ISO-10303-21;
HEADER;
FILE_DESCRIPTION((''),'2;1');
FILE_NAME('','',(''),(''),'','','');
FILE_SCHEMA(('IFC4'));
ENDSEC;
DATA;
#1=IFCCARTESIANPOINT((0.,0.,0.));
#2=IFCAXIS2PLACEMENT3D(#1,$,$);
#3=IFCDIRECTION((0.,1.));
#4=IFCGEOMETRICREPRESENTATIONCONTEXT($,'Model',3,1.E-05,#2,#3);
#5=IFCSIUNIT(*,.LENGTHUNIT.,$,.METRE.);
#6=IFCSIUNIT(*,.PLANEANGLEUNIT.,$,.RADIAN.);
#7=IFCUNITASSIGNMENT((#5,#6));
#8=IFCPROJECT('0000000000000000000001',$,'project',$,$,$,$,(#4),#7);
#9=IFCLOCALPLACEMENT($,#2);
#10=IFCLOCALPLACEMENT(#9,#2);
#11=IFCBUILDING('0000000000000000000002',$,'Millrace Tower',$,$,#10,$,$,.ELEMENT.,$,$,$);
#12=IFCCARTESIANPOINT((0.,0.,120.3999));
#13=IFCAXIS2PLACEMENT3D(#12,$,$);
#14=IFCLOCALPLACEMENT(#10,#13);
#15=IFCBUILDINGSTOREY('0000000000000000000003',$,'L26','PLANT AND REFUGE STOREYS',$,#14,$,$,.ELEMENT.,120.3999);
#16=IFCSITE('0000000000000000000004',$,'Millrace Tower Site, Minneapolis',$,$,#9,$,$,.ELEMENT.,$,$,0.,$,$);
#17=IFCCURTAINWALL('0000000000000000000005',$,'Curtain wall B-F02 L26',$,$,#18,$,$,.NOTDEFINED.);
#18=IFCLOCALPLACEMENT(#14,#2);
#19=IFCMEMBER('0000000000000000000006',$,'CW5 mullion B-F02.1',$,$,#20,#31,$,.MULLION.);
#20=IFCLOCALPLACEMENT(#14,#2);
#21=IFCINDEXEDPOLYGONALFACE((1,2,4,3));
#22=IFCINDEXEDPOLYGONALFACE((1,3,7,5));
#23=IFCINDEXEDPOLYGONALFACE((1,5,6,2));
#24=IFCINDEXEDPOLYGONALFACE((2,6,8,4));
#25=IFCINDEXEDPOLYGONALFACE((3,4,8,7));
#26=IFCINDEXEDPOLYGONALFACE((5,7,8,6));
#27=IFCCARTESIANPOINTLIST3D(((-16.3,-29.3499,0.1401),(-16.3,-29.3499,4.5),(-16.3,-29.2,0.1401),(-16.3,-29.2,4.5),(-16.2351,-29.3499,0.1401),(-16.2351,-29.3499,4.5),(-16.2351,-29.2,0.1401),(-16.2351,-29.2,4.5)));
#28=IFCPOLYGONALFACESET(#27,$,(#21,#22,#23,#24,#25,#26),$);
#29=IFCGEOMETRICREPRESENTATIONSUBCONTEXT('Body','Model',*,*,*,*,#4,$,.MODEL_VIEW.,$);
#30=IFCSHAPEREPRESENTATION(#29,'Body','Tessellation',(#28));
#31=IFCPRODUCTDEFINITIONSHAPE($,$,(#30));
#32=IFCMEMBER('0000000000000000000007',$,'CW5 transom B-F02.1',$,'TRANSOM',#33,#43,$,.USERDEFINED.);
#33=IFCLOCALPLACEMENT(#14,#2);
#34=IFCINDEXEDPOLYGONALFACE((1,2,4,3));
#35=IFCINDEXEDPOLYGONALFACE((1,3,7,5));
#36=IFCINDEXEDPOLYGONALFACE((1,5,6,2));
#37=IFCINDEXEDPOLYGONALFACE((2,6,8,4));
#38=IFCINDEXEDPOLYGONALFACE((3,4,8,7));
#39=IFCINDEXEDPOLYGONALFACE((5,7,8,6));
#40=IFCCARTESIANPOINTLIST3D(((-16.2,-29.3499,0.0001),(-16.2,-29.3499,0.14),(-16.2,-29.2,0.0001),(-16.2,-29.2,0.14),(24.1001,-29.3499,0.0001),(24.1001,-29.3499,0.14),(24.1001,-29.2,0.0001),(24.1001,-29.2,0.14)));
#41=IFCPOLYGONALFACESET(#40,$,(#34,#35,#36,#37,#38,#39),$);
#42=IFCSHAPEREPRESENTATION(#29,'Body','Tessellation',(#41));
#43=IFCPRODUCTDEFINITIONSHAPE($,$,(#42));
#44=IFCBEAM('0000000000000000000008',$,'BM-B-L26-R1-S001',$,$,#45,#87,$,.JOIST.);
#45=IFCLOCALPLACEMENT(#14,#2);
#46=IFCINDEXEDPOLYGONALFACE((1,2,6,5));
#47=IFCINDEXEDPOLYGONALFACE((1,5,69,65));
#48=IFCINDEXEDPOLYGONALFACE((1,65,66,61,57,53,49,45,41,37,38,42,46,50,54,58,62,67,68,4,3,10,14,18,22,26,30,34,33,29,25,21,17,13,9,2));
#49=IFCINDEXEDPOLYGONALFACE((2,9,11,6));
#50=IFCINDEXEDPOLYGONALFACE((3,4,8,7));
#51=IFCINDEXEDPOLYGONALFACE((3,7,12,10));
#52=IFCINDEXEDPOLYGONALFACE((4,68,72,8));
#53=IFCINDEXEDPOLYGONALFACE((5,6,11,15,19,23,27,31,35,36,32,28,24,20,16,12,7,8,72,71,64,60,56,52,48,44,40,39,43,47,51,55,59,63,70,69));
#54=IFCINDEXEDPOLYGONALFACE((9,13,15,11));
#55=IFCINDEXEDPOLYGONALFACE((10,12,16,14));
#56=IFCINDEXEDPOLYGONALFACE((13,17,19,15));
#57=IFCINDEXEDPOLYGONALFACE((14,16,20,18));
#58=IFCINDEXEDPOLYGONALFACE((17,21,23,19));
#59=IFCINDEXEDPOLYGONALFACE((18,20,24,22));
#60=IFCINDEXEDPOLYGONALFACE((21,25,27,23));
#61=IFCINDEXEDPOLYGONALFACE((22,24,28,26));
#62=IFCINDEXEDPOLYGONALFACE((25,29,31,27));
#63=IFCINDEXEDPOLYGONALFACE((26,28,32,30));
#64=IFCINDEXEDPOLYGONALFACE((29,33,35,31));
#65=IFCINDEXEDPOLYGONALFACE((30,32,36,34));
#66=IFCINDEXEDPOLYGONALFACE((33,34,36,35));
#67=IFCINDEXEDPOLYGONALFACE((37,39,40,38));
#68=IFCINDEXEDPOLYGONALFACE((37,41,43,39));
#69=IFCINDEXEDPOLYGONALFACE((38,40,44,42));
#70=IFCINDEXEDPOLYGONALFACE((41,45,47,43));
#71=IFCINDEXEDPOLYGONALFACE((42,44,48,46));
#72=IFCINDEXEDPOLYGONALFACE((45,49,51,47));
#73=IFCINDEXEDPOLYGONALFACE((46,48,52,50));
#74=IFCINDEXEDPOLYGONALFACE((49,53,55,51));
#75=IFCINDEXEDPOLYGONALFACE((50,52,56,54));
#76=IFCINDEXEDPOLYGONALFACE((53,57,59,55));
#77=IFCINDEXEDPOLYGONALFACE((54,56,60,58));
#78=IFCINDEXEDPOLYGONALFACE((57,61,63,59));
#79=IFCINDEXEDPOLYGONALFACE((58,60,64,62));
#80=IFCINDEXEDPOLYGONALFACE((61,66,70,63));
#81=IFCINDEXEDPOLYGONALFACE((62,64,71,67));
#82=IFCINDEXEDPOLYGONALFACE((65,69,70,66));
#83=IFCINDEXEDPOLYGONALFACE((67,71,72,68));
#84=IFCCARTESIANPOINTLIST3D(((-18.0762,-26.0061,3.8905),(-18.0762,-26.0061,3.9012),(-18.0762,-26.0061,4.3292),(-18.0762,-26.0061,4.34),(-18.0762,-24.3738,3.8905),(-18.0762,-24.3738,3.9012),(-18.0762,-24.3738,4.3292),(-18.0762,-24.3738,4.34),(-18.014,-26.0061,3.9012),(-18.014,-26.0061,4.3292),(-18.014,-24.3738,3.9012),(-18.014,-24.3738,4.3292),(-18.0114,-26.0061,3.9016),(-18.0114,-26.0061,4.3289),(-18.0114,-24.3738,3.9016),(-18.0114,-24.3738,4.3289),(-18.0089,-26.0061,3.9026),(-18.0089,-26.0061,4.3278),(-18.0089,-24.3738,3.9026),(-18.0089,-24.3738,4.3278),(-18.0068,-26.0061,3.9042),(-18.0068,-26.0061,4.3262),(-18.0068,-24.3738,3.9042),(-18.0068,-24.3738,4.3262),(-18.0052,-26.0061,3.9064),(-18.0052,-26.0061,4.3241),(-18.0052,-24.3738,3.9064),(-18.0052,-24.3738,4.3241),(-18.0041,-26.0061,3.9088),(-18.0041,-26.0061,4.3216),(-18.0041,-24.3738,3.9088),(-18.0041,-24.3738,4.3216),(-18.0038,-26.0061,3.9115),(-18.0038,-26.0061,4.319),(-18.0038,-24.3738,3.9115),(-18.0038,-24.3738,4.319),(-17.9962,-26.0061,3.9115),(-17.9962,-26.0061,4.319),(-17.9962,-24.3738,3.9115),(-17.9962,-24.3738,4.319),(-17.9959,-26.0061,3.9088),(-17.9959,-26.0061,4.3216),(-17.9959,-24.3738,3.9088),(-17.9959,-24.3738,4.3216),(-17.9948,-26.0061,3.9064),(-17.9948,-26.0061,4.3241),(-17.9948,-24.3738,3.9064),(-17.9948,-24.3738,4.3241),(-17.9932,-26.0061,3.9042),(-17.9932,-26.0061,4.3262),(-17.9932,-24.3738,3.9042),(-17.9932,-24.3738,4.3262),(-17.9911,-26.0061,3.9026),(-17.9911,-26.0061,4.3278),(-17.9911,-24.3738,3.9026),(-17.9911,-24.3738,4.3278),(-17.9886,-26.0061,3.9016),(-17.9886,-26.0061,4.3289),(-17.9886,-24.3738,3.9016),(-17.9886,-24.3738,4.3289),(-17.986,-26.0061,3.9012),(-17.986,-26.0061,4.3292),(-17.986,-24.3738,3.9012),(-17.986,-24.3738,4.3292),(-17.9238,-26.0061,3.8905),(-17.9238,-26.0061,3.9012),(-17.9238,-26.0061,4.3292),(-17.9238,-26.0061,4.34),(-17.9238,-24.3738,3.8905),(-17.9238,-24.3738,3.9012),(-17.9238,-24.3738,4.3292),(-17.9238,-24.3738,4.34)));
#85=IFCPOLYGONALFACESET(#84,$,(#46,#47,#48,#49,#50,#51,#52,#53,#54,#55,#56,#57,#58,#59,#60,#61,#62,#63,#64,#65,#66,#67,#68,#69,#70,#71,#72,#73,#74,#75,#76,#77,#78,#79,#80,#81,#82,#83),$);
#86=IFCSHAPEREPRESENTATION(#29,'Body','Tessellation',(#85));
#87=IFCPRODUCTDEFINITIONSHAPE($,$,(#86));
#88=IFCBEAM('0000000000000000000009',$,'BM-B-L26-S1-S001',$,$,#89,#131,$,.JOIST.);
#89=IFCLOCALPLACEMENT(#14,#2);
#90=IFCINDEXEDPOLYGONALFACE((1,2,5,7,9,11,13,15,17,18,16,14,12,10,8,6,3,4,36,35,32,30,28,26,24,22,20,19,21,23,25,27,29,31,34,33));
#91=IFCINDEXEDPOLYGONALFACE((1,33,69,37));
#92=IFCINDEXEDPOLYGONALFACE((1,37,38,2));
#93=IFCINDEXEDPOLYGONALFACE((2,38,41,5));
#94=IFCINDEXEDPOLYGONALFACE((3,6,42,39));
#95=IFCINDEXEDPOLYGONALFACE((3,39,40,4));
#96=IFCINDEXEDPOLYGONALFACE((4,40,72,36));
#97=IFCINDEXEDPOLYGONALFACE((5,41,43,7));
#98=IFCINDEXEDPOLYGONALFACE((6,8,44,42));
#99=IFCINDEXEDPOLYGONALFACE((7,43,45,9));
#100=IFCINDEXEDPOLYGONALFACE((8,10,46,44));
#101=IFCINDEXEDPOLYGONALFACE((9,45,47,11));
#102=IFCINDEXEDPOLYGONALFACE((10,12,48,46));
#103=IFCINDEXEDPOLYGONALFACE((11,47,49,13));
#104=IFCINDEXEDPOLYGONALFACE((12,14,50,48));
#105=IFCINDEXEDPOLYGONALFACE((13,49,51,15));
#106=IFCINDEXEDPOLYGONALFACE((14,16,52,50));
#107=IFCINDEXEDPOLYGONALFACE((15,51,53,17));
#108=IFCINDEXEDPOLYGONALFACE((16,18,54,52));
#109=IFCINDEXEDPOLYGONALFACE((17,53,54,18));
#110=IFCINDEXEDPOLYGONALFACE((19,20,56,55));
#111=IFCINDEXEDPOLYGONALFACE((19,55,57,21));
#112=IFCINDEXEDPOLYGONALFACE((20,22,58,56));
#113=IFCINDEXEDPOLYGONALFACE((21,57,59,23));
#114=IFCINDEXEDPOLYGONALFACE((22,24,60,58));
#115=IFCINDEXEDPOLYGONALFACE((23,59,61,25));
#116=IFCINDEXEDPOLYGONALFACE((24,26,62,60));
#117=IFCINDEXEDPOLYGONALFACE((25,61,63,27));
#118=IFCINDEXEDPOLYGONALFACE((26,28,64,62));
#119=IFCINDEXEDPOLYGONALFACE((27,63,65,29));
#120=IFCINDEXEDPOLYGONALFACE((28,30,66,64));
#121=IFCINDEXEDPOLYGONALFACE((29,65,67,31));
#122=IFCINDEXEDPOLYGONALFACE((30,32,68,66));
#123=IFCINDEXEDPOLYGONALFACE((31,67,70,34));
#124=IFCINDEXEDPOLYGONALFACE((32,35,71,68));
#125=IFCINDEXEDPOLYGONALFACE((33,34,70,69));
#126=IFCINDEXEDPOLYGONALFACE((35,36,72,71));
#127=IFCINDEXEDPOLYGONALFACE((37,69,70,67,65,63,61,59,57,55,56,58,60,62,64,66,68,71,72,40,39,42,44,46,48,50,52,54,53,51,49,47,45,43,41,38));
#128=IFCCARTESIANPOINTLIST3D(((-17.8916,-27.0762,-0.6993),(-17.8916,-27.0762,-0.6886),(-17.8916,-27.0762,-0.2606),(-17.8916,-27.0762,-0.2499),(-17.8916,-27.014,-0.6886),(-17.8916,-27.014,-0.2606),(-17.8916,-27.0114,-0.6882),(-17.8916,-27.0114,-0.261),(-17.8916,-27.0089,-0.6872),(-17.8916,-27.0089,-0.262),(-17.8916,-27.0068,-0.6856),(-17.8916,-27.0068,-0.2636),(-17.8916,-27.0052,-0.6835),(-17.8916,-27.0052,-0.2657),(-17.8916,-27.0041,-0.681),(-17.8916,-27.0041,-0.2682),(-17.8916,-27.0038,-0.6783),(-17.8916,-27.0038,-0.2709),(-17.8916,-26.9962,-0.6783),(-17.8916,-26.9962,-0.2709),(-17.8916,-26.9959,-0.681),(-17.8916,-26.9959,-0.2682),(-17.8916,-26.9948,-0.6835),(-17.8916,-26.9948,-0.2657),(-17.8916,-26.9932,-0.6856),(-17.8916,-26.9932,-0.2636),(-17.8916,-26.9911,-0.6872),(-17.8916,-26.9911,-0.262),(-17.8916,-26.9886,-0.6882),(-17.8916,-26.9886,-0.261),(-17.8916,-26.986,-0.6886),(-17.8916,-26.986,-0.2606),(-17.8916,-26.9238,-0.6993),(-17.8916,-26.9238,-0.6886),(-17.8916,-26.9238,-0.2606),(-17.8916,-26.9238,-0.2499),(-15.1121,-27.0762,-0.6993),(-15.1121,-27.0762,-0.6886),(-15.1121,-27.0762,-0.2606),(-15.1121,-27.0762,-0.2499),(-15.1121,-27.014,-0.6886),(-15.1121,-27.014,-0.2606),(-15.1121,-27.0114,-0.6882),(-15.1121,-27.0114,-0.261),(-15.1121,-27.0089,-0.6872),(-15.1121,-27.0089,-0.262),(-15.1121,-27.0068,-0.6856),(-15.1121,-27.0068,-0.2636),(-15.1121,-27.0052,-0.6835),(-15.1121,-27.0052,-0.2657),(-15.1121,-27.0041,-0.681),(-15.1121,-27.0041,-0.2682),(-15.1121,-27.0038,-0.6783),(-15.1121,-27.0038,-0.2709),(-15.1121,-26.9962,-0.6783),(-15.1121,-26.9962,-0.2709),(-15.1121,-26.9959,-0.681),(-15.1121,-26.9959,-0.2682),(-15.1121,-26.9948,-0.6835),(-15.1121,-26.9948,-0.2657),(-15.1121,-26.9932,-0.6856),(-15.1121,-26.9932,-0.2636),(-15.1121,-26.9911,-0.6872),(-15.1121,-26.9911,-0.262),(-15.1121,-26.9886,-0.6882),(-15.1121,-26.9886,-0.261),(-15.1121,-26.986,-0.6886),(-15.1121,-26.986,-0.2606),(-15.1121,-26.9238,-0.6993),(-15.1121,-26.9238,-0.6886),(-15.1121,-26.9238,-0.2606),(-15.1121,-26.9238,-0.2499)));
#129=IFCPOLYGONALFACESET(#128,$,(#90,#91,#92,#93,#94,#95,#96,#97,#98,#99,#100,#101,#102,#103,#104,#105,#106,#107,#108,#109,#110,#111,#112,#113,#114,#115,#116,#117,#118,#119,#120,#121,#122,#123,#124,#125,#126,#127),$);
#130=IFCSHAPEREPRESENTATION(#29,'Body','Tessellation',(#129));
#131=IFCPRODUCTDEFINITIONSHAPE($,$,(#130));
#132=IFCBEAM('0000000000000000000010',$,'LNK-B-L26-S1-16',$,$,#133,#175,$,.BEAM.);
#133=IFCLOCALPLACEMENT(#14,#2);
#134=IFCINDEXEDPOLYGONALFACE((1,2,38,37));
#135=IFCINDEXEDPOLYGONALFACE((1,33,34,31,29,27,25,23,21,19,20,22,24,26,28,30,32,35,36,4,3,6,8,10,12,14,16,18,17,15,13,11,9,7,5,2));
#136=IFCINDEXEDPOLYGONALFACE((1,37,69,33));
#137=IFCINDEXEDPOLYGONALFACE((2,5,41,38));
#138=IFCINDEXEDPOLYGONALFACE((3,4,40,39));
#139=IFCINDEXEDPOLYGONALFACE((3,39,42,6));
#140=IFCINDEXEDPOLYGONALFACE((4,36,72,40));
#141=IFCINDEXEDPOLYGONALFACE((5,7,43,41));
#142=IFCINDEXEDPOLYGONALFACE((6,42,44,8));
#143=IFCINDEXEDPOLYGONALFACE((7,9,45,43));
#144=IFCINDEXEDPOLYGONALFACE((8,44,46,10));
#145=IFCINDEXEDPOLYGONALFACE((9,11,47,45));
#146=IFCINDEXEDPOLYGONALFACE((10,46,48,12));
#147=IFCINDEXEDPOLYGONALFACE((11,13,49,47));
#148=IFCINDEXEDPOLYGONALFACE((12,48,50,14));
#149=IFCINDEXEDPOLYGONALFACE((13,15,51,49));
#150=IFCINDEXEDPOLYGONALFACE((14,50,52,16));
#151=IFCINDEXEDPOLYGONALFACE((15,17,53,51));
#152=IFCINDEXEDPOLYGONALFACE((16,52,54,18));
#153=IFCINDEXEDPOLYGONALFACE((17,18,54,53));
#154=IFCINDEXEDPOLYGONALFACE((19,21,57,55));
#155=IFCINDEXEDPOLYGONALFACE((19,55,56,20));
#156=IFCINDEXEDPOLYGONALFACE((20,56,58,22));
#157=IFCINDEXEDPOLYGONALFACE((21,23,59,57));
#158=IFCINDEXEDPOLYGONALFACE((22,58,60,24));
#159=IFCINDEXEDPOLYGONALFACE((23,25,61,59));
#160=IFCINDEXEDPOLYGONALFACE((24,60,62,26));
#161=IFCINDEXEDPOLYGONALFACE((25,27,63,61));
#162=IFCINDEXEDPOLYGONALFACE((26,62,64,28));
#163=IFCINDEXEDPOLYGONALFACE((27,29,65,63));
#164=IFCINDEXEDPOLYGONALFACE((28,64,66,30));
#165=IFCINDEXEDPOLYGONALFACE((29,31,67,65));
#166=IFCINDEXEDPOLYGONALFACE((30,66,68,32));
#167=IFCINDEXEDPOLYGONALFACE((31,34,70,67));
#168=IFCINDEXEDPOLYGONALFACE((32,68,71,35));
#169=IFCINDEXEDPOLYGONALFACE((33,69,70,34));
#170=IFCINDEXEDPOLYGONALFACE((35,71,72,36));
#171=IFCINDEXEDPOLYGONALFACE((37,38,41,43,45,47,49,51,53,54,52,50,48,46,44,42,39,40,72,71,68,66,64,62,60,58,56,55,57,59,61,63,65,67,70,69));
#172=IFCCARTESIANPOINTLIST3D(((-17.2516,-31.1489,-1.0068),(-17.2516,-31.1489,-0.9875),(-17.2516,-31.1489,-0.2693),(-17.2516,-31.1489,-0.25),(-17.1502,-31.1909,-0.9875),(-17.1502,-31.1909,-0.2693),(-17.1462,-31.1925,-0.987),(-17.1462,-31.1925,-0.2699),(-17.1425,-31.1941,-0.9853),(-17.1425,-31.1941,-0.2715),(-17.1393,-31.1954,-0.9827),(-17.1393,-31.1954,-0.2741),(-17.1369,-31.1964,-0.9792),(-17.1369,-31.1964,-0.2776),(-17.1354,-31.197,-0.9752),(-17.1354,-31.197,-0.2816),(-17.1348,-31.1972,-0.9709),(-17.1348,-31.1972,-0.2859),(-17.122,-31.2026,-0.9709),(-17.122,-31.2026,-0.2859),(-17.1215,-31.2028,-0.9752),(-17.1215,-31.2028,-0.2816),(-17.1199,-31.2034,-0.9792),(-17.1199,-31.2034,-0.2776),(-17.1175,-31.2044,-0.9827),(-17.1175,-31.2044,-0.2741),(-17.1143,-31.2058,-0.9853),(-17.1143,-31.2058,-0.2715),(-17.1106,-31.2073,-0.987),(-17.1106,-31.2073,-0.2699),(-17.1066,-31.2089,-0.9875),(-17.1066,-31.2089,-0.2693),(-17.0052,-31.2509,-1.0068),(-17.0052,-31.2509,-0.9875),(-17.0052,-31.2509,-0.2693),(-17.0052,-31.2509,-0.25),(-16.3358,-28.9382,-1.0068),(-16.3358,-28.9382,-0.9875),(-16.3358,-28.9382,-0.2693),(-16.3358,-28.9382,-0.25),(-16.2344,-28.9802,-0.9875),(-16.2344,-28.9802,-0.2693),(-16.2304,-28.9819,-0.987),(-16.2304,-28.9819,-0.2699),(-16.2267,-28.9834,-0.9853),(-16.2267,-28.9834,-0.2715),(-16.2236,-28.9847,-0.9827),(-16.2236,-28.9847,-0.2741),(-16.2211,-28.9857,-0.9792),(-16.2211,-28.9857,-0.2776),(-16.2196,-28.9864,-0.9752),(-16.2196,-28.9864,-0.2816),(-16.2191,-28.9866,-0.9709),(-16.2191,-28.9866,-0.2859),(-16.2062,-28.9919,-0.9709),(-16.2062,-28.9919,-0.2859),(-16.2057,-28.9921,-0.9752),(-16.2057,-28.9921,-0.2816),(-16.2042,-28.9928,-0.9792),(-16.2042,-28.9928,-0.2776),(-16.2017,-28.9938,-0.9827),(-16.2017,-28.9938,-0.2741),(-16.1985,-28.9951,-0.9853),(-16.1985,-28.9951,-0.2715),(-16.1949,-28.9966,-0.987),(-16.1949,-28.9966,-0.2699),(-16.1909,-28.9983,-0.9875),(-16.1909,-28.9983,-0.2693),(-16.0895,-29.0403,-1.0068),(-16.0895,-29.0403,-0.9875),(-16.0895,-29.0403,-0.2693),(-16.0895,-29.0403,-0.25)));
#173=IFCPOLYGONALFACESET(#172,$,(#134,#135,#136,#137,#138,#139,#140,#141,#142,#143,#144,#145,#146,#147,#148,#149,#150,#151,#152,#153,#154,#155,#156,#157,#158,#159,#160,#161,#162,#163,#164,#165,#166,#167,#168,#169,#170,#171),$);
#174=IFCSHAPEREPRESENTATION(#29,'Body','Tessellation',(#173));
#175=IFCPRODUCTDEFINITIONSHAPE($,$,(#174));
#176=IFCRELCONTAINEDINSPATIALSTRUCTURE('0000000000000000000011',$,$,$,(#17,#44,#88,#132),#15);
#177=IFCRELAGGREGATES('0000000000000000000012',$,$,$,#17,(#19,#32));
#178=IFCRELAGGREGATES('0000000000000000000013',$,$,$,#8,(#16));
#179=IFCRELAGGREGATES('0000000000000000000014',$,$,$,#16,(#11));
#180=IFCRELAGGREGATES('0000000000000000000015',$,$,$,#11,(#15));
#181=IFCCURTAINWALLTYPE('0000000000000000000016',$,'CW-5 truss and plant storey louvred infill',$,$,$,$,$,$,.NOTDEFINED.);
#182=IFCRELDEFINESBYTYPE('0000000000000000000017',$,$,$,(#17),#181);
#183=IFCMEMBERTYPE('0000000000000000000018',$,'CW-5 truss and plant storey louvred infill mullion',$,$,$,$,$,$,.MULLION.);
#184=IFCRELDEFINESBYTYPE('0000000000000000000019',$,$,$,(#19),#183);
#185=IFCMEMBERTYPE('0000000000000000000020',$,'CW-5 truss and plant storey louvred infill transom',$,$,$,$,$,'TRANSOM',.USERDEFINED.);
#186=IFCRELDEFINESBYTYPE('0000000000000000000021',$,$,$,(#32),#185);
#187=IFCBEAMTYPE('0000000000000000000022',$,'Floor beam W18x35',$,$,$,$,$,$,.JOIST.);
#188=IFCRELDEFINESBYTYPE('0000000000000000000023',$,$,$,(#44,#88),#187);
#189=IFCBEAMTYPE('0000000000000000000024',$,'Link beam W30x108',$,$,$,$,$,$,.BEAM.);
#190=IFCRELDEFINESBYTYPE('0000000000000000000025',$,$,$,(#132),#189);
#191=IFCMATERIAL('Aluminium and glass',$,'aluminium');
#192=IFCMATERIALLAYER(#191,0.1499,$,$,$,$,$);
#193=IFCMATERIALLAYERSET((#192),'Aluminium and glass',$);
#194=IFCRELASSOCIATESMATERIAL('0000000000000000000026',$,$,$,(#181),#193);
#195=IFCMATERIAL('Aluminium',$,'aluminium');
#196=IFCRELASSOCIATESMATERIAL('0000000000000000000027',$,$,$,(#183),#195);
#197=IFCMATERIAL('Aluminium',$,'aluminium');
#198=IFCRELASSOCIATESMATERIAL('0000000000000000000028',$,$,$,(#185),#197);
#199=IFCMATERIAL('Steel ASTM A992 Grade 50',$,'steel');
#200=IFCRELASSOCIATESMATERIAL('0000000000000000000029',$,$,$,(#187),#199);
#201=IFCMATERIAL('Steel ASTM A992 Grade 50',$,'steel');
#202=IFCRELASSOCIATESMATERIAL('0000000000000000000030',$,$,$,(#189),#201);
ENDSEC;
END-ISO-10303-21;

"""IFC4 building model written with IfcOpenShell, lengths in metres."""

from ifc_helpers import new_model, si_unit, direction, frame, origin, origin_2d, place, context, subcontext, project, spatial, rectangle, i_section, extrude, material, layer, layer_set, material_profile, profile_set, type_object, element, aggregate, save


model = new_model("IFC4")

# Units and contexts
model_context = context("Model", 3, precision=1e-05, world=origin(), true_north=direction((0.0, 1.0)))
body_context = subcontext(model_context, "Body", "Model", "MODEL_VIEW")
ifc_project = project(units=[si_unit("LENGTHUNIT", "METRE"), si_unit("PLANEANGLEUNIT", "RADIAN")], contexts=[model_context])

# Site, building, storey
site_placement = place(None, origin())
site = spatial("IfcSite", under=ifc_project, at=site_placement, Name="Millrace Tower Site, Minneapolis", CompositionType="ELEMENT", RefElevation=0.0)
building_placement = place(site_placement, origin())
building = spatial("IfcBuilding", under=site, at=building_placement, Name="Millrace Tower", CompositionType="ELEMENT")
storey_placement = place(building_placement, frame((0.0, 0.0, 120.3999)))
storey = spatial("IfcBuildingStorey", under=building, at=storey_placement, Name="L26", Description="PLANT AND REFUGE STOREYS", CompositionType="ELEMENT", Elevation=120.3999)

# Curtain wall, members
ifc_material_1 = material(Name="Aluminium and glass", Category="aluminium")
ifc_layer_1 = layer(ifc_material_1, 0.1499)
ifc_layer_set_1 = layer_set([ifc_layer_1], Name="Aluminium and glass")
curtain_wall_type = type_object("IfcCurtainWallType", Name="CW-5 truss and plant storey louvred infill", PredefinedType="NOTDEFINED", material=ifc_layer_set_1)
curtain_wall_placement = place(storey_placement, origin())
curtain_wall = element("IfcCurtainWall", 1, at=curtain_wall_placement, inside=storey, type_object=curtain_wall_type, Name="Curtain wall B-F02 L26", PredefinedType="NOTDEFINED")
ifc_material_2 = material(Name="Aluminium", Category="aluminium")
ifc_material_profile_1 = material_profile(ifc_material_2, rectangle(XDim=0.0649, YDim=0.1499, at=origin_2d()))
ifc_profile_set_1 = profile_set([ifc_material_profile_1], Name="Aluminium")
member_type_1 = type_object("IfcMemberType", Name="CW-5 truss and plant storey louvred infill mullion", PredefinedType="MULLION", material=ifc_profile_set_1)
member_1_placement = place(storey_placement, frame((-16.2676, -29.2749, 0.1401), z_axis=(0.0, 0.0, 1.0), x_axis=(1.0, 0.0, 0.0)))
member_1 = element("IfcMember", 2, at=member_1_placement, type_object=member_type_1, Name="CW5 mullion B-F02.1", PredefinedType="MULLION", context=body_context, shape_type="SweptSolid", body=[
    extrude(rectangle(XDim=0.0649, YDim=0.1499, at=origin_2d()), origin(), (0.0, 0.0, 1.0), 4.3599),
])
ifc_material_3 = material(Name="Aluminium", Category="aluminium")
ifc_material_profile_2 = material_profile(ifc_material_3, rectangle(XDim=0.1499, YDim=0.1399, at=origin_2d()))
ifc_profile_set_2 = profile_set([ifc_material_profile_2], Name="Aluminium")
member_type_2 = type_object("IfcMemberType", Name="CW-5 truss and plant storey louvred infill transom", ElementType="TRANSOM", PredefinedType="USERDEFINED", material=ifc_profile_set_2)
member_2_placement = place(storey_placement, frame((-16.2, -29.2749, 0.0701), z_axis=(1.0, 0.0, 0.0), x_axis=(0.0, 1.0, 0.0)))
member_2 = element("IfcMember", 3, at=member_2_placement, type_object=member_type_2, Name="CW5 transom B-F02.1", ObjectType="TRANSOM", PredefinedType="USERDEFINED", context=body_context, shape_type="SweptSolid", body=[
    extrude(rectangle(XDim=0.1499, YDim=0.1399, at=origin_2d()), origin(), (0.0, 0.0, 1.0), 40.3),
])
aggregate(curtain_wall, [member_1, member_2])

# Beams
ifc_material_4 = material(Name="Steel ASTM A992 Grade 50", Category="steel")
ifc_material_profile_3 = material_profile(ifc_material_4, i_section(OverallWidth=0.1523, OverallDepth=0.4495, WebThickness=0.0076, FlangeThickness=0.0107, FilletRadius=0.0103, at=origin_2d()))
ifc_profile_set_3 = profile_set([ifc_material_profile_3], Name="Steel ASTM A992 Grade 50")
beam_type_1 = type_object("IfcBeamType", Name="Floor beam W18x35", PredefinedType="JOIST", material=ifc_profile_set_3)
beam_1_placement = place(storey_placement, frame((-18.0, -26.0061, 4.1152), z_axis=(0.0, 1.0, 0.0), x_axis=(-1.0, 0.0, 0.0)))
element("IfcBeam", 4, at=beam_1_placement, inside=storey, type_object=beam_type_1, Name="BM-B-L26-R1-S001", PredefinedType="JOIST", context=body_context, shape_type="SweptSolid", body=[
    extrude(i_section(OverallWidth=0.1523, OverallDepth=0.4495, WebThickness=0.0076, FlangeThickness=0.0107, FilletRadius=0.0103, at=origin_2d()), origin(), (0.0, 0.0, 1.0), 1.6323),
])
beam_2_placement = place(storey_placement, frame((-17.8916, -27.0, -0.4746), z_axis=(1.0, 0.0, 0.0), x_axis=(0.0, 1.0, 0.0)))
element("IfcBeam", 5, at=beam_2_placement, inside=storey, type_object=beam_type_1, Name="BM-B-L26-S1-S001", PredefinedType="JOIST", context=body_context, shape_type="SweptSolid", body=[
    extrude(i_section(OverallWidth=0.1523, OverallDepth=0.4495, WebThickness=0.0076, FlangeThickness=0.0107, FilletRadius=0.0103, at=origin_2d()), origin(), (0.0, 0.0, 1.0), 2.7795),
])
ifc_material_5 = material(Name="Steel ASTM A992 Grade 50", Category="steel")
ifc_material_profile_4 = material_profile(ifc_material_5, i_section(OverallWidth=0.2666, OverallDepth=0.7568, WebThickness=0.0139, FlangeThickness=0.0193, FilletRadius=0.0166, at=origin_2d()))
ifc_profile_set_4 = profile_set([ifc_material_profile_4], Name="Steel ASTM A992 Grade 50")
beam_type_2 = type_object("IfcBeamType", Name="Link beam W30x108", PredefinedType="BEAM", material=ifc_profile_set_4)
beam_3_placement = place(storey_placement, frame((-16.2126, -28.9893, -0.6284), z_axis=(-0.382709, -0.923869, 0.0), x_axis=(0.923869, -0.382709, 0.0)))
element("IfcBeam", 6, at=beam_3_placement, inside=storey, type_object=beam_type_2, Name="LNK-B-L26-S1-16", PredefinedType="BEAM", context=body_context, shape_type="SweptSolid", body=[
    extrude(i_section(OverallWidth=0.2666, OverallDepth=0.7568, WebThickness=0.0139, FlangeThickness=0.0193, FilletRadius=0.0166, at=origin_2d()), origin(), (0.0, 0.0, 1.0), 2.3928),
])

save(model, "model.ifc")
